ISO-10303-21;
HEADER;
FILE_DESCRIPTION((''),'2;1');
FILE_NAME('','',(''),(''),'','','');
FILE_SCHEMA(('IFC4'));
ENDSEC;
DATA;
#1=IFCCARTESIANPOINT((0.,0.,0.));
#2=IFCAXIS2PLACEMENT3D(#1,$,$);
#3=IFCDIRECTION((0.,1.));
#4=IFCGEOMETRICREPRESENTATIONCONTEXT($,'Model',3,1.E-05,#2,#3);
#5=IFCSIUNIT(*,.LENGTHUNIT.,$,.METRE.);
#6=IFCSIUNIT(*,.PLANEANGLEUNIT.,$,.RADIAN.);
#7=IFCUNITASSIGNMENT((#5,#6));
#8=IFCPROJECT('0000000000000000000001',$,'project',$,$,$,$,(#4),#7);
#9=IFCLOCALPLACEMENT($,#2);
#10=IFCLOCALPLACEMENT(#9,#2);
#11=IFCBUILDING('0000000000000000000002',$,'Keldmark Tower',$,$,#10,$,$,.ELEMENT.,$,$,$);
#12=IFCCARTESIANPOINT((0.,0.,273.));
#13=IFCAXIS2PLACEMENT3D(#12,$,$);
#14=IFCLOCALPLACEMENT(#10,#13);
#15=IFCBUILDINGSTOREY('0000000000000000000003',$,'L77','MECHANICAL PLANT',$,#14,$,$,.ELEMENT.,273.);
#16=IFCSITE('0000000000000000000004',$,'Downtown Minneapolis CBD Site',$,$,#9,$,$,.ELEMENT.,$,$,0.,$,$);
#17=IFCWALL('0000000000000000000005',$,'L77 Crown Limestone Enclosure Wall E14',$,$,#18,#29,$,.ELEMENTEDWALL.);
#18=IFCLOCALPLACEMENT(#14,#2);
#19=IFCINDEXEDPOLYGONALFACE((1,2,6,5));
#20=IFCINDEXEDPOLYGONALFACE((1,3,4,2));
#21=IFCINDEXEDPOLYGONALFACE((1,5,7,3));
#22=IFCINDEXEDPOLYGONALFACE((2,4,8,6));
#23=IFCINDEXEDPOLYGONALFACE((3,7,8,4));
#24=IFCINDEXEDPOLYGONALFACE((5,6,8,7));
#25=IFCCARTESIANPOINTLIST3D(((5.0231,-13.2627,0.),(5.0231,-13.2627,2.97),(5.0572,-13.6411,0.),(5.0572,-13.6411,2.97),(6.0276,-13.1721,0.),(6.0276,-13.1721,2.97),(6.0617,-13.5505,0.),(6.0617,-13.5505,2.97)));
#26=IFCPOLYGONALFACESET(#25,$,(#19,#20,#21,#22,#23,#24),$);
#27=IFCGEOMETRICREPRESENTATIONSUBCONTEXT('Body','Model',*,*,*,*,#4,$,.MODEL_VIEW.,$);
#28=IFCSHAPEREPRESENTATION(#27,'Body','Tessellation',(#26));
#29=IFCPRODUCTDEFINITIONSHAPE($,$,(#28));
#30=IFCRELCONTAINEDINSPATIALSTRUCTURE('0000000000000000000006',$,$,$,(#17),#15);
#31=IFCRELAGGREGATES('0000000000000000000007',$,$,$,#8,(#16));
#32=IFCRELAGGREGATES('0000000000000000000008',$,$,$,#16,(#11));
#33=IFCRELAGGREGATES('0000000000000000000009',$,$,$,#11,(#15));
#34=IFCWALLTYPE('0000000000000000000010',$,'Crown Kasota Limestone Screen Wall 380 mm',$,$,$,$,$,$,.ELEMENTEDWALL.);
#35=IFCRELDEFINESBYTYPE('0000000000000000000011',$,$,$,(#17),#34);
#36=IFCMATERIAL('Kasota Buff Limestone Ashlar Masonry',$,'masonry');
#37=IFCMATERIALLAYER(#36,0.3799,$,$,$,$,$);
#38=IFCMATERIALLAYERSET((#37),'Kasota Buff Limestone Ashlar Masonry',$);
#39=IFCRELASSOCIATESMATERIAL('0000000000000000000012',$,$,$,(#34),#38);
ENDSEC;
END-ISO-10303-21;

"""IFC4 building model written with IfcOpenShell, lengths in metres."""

from ifc_helpers import new_model, si_unit, direction, frame, frame_2d, origin, place, context, subcontext, project, spatial, rectangle, extrude, material, layer, layer_set, type_object, element, save


model = new_model("IFC4")

# Units and contexts
model_context = context("Model", 3, precision=1e-05, world=origin(), true_north=direction((0.0, 1.0)))
body_context = subcontext(model_context, "Body", "Model", "MODEL_VIEW")
ifc_project = project(units=[si_unit("LENGTHUNIT", "METRE"), si_unit("PLANEANGLEUNIT", "RADIAN")], contexts=[model_context])

# Site, building, storey
site_placement = place(None, origin())
site = spatial("IfcSite", under=ifc_project, at=site_placement, Name="Downtown Minneapolis CBD Site", CompositionType="ELEMENT", RefElevation=0.0)
building_placement = place(site_placement, origin())
building = spatial("IfcBuilding", under=site, at=building_placement, Name="Keldmark Tower", CompositionType="ELEMENT")
storey_placement = place(building_placement, frame((0.0, 0.0, 273.0)))
storey = spatial("IfcBuildingStorey", under=building, at=storey_placement, Name="L77", Description="MECHANICAL PLANT", CompositionType="ELEMENT", Elevation=273.0)

# Wall
ifc_material_1 = material(Name="Kasota Buff Limestone Ashlar Masonry", Category="masonry")
ifc_layer_1 = layer(ifc_material_1, 0.3799)
ifc_layer_set_1 = layer_set([ifc_layer_1], Name="Kasota Buff Limestone Ashlar Masonry")
wall_type = type_object("IfcWallType", Name="Crown Kasota Limestone Screen Wall 380 mm", PredefinedType="ELEMENTEDWALL", material=ifc_layer_set_1)
wall_placement = place(storey_placement, frame((5.04, -13.4519, 0.0), z_axis=(0.0, 0.0, 1.0), x_axis=(0.995958, 0.089815, 0.0)))
element("IfcWall", 1, at=wall_placement, inside=storey, type_object=wall_type, Name="L77 Crown Limestone Enclosure Wall E14", PredefinedType="ELEMENTEDWALL", context=body_context, shape_type="SweptSolid", body=[
    extrude(rectangle(XDim=1.0085, YDim=0.3799, at=frame_2d((0.5044, 0.0))), origin(), (0.0, 0.0, 1.0), 2.97),
])

save(model, "model.ifc")
